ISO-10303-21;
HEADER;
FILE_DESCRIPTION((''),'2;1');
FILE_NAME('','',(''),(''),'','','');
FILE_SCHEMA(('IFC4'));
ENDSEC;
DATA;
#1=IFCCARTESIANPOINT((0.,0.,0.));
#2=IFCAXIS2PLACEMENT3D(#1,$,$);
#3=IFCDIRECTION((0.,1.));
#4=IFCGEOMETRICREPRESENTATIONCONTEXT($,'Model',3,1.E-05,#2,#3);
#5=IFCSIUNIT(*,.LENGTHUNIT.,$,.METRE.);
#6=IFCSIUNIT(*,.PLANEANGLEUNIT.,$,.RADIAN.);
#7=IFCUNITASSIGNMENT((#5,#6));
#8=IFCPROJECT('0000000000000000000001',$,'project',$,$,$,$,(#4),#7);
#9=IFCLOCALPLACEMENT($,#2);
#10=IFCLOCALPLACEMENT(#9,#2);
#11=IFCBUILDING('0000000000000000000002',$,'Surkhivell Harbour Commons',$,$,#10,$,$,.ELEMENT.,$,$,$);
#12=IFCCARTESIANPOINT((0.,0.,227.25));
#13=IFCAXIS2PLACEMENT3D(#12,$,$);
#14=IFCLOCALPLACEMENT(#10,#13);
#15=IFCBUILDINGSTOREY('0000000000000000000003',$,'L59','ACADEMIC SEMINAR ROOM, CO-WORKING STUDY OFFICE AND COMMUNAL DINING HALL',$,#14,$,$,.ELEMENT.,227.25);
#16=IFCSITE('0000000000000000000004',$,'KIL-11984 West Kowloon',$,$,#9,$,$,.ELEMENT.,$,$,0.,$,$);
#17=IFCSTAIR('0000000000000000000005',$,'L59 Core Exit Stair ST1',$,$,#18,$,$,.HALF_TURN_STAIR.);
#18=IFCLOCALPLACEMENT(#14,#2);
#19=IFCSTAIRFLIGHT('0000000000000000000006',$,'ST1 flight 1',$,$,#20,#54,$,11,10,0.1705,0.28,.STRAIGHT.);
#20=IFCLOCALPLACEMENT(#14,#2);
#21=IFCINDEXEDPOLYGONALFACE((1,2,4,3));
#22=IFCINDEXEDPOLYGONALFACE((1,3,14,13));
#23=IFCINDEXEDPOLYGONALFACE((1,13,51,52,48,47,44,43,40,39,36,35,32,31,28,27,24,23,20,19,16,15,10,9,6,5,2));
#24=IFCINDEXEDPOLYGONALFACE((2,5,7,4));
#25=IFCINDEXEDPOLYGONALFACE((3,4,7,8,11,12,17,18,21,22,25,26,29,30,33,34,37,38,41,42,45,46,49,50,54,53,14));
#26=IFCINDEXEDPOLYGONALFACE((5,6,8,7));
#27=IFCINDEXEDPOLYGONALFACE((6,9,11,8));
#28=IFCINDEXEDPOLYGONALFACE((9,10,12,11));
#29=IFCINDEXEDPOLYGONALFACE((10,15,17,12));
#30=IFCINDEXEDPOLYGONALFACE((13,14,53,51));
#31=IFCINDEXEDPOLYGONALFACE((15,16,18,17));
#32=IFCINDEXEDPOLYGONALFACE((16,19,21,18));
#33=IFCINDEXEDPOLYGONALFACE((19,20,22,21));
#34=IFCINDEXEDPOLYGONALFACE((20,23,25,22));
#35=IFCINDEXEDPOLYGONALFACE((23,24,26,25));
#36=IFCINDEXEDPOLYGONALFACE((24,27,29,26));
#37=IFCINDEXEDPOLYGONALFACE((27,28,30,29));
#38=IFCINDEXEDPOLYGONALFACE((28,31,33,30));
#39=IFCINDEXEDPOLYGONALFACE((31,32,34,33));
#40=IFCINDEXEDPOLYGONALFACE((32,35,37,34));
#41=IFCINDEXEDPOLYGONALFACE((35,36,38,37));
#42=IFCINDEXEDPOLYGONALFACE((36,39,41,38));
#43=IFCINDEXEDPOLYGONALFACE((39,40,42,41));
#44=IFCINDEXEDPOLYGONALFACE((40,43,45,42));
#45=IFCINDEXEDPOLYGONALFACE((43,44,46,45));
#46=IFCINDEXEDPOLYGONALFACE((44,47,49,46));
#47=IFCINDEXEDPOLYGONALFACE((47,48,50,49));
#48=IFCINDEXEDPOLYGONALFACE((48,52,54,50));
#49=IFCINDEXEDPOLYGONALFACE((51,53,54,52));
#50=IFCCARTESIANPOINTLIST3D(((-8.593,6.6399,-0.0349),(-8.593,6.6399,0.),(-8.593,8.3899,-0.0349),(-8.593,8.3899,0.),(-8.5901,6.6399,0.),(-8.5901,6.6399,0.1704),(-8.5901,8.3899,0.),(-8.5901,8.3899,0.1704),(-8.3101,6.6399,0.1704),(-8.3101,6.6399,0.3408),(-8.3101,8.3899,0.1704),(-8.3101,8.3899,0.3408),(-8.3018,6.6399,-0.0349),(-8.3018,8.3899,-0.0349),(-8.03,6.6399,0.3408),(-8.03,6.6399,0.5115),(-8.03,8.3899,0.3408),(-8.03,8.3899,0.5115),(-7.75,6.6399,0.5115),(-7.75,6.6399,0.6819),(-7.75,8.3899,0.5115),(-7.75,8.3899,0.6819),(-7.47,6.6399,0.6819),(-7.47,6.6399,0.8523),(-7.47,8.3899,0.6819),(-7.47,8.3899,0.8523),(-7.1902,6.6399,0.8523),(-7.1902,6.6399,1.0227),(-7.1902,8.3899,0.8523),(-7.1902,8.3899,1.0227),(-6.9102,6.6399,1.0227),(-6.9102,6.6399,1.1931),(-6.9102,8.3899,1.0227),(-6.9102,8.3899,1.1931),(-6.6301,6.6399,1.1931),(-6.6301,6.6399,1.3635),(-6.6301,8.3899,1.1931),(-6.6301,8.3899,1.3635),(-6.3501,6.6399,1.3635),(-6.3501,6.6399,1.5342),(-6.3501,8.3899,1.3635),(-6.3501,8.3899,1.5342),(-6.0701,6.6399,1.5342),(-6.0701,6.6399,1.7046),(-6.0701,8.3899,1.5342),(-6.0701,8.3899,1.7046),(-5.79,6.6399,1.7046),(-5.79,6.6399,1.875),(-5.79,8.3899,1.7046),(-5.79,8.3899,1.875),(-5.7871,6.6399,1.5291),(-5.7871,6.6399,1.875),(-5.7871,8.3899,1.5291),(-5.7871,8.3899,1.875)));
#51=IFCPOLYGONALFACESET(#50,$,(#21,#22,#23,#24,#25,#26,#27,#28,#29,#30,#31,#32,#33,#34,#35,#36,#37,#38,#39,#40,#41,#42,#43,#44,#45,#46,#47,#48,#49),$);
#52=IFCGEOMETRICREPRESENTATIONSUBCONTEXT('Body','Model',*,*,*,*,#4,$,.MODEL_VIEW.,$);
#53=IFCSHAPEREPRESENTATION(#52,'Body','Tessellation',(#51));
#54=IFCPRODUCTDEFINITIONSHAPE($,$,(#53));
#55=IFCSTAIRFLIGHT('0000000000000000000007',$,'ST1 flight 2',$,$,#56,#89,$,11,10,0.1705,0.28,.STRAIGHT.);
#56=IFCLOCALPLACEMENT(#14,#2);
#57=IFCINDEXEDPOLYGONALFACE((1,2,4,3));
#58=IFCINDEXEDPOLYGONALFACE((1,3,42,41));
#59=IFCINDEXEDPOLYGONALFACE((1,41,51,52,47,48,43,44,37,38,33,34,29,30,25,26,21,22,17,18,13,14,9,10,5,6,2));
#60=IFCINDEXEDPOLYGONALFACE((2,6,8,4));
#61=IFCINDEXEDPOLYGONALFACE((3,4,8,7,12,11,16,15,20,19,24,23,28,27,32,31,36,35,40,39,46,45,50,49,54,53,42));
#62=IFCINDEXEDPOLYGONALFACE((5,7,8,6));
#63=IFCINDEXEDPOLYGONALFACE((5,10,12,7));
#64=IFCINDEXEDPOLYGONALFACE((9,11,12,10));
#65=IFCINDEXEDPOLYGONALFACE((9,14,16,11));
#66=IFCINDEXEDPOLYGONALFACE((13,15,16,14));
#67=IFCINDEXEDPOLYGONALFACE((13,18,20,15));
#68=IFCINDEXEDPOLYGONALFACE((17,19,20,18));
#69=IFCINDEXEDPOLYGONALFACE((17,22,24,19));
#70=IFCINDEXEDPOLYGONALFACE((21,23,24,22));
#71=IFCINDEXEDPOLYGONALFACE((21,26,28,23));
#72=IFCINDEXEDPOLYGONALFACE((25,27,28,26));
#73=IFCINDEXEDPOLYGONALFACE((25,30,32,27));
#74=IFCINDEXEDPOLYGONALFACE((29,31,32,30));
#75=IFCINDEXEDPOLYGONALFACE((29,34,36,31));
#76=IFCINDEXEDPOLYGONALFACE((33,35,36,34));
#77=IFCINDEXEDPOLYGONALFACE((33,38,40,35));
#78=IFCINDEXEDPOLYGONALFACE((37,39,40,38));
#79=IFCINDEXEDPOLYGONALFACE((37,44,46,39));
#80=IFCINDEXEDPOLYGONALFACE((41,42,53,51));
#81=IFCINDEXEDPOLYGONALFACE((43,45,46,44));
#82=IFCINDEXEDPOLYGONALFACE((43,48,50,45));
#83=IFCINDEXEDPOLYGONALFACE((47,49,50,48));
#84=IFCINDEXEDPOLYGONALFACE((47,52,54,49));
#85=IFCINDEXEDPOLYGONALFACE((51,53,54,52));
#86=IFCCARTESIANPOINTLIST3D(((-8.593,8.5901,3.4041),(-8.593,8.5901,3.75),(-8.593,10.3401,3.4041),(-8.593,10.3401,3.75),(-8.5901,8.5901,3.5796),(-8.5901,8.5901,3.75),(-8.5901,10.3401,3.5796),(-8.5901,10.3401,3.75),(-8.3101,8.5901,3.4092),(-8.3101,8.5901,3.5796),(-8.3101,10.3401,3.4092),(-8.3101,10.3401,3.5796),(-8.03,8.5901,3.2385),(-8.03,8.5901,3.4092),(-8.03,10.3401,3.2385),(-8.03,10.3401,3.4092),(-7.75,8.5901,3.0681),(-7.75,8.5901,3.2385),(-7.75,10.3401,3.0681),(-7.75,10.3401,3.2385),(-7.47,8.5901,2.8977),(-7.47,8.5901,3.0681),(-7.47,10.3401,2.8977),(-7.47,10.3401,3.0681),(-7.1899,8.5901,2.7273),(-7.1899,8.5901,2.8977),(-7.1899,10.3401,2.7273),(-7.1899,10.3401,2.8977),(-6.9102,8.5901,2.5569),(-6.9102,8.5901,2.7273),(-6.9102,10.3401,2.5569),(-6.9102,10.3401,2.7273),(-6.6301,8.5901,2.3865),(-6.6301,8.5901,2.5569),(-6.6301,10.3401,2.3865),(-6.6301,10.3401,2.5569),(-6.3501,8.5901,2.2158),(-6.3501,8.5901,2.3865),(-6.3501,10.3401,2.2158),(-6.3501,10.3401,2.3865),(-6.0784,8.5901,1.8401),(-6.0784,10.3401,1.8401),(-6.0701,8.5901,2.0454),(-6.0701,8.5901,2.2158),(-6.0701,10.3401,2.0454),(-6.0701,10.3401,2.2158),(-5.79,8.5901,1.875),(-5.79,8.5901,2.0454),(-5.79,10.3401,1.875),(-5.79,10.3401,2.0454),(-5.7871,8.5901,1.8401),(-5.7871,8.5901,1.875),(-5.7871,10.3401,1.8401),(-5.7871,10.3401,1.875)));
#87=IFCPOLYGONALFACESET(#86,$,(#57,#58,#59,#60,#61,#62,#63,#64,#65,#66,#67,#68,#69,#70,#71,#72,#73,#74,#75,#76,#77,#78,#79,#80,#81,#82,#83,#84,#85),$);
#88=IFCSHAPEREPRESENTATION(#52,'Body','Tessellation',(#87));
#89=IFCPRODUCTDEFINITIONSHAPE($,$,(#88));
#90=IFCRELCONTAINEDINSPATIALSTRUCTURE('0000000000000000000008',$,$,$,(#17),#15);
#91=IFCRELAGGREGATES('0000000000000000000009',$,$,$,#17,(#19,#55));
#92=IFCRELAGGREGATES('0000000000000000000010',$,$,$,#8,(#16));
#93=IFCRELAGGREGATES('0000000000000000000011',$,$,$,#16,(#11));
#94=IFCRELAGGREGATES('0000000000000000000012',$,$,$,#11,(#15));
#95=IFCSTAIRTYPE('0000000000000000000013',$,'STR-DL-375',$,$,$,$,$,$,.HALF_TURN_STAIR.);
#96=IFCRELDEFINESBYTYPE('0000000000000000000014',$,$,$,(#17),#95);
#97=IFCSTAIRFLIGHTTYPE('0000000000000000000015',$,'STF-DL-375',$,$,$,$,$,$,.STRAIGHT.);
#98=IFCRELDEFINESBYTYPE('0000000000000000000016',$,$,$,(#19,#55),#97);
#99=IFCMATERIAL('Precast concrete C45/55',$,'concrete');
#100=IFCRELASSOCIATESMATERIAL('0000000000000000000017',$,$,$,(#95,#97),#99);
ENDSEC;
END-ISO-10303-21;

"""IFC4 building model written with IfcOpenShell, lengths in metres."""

from ifc_helpers import new_model, si_unit, direction, frame, origin, place, context, subcontext, project, spatial, polyline, outline, extrude, material, type_object, element, aggregate, save


model = new_model("IFC4")

# Units and contexts
model_context = context("Model", 3, precision=1e-05, world=origin(), true_north=direction((0.0, 1.0)))
body_context = subcontext(model_context, "Body", "Model", "MODEL_VIEW")
ifc_project = project(units=[si_unit("LENGTHUNIT", "METRE"), si_unit("PLANEANGLEUNIT", "RADIAN")], contexts=[model_context])

# Site, building, storey
site_placement = place(None, origin())
site = spatial("IfcSite", under=ifc_project, at=site_placement, Name="KIL-11984 West Kowloon", CompositionType="ELEMENT", RefElevation=0.0)
building_placement = place(site_placement, origin())
building = spatial("IfcBuilding", under=site, at=building_placement, Name="Surkhivell Harbour Commons", CompositionType="ELEMENT")
storey_placement = place(building_placement, frame((0.0, 0.0, 227.25)))
storey = spatial("IfcBuildingStorey", under=building, at=storey_placement, Name="L59", Description="ACADEMIC SEMINAR ROOM, CO-WORKING STUDY OFFICE AND COMMUNAL DINING HALL", CompositionType="ELEMENT", Elevation=227.25)

# Stair, stair flights
ifc_material_1 = material(Name="Precast concrete C45/55", Category="concrete")
stair_type = type_object("IfcStairType", Name="STR-DL-375", PredefinedType="HALF_TURN_STAIR", material=ifc_material_1)
stair_placement = place(storey_placement, origin())
stair = element("IfcStair", 1, at=stair_placement, inside=storey, type_object=stair_type, Name="L59 Core Exit Stair ST1", PredefinedType="HALF_TURN_STAIR")
stair_flight_type = type_object("IfcStairFlightType", Name="STF-DL-375", PredefinedType="STRAIGHT", material=ifc_material_1)
stair_flight_1_placement = place(storey_placement, frame((-8.5901, 7.5149, 0.0), z_axis=(0.0, 0.0, 1.0), x_axis=(1.0, 0.0, 0.0)))
stair_flight_1 = element("IfcStairFlight", 2, at=stair_flight_1_placement, type_object=stair_flight_type, Name="ST1 flight 1", NumberOfRisers=11, NumberOfTreads=10, PredefinedType="STRAIGHT", RiserHeight=0.1705, TreadLength=0.28, context=body_context, shape_type="SweptSolid", body=[
    extrude(outline(polyline([(-0.0029, -0.0349), (-0.0029, 0.0), (0.0, 0.0), (0.0, 0.1704), (0.28, 0.1704), (0.28, 0.3408), (0.5601, 0.3408), (0.5601, 0.5115), (0.8401, 0.5115), (0.8401, 0.6819), (1.1201, 0.6819), (1.1201, 0.8523), (1.3999, 0.8523), (1.3999, 1.0227), (1.6799, 1.0227), (1.6799, 1.1931), (1.96, 1.1931), (1.96, 1.3635), (2.24, 1.3635), (2.24, 1.5342), (2.52, 1.5342), (2.52, 1.7046), (2.8, 1.7046), (2.8, 1.875), (2.803, 1.875), (2.803, 1.5291), (0.2883, -0.0349), (-0.0029, -0.0349)])), frame((0.0, 0.875, 0.0), z_axis=(0.0, -1.0, 0.0), x_axis=(1.0, 0.0, 0.0)), (0.0, 0.0, 1.0), 1.75),
])
stair_flight_2_placement = place(storey_placement, frame((-5.79, 9.4651, 1.875), z_axis=(0.0, 0.0, 1.0), x_axis=(-1.0, 0.0, 0.0)))
stair_flight_2 = element("IfcStairFlight", 3, at=stair_flight_2_placement, type_object=stair_flight_type, Name="ST1 flight 2", NumberOfRisers=11, NumberOfTreads=10, PredefinedType="STRAIGHT", RiserHeight=0.1705, TreadLength=0.28, context=body_context, shape_type="SweptSolid", body=[
    extrude(outline(polyline([(-0.0029, -0.0349), (-0.0029, 0.0), (0.0, 0.0), (0.0, 0.1704), (0.28, 0.1704), (0.28, 0.3408), (0.5601, 0.3408), (0.5601, 0.5115), (0.8401, 0.5115), (0.8401, 0.6819), (1.1201, 0.6819), (1.1201, 0.8523), (1.3999, 0.8523), (1.3999, 1.0227), (1.6799, 1.0227), (1.6799, 1.1931), (1.96, 1.1931), (1.96, 1.3635), (2.24, 1.3635), (2.24, 1.5342), (2.52, 1.5342), (2.52, 1.7046), (2.8, 1.7046), (2.8, 1.875), (2.803, 1.875), (2.803, 1.5291), (0.2883, -0.0349), (-0.0029, -0.0349)])), frame((0.0, 0.875, 0.0), z_axis=(0.0, -1.0, 0.0), x_axis=(1.0, 0.0, 0.0)), (0.0, 0.0, 1.0), 1.75),
])
aggregate(stair, [stair_flight_1, stair_flight_2])

save(model, "model.ifc")
